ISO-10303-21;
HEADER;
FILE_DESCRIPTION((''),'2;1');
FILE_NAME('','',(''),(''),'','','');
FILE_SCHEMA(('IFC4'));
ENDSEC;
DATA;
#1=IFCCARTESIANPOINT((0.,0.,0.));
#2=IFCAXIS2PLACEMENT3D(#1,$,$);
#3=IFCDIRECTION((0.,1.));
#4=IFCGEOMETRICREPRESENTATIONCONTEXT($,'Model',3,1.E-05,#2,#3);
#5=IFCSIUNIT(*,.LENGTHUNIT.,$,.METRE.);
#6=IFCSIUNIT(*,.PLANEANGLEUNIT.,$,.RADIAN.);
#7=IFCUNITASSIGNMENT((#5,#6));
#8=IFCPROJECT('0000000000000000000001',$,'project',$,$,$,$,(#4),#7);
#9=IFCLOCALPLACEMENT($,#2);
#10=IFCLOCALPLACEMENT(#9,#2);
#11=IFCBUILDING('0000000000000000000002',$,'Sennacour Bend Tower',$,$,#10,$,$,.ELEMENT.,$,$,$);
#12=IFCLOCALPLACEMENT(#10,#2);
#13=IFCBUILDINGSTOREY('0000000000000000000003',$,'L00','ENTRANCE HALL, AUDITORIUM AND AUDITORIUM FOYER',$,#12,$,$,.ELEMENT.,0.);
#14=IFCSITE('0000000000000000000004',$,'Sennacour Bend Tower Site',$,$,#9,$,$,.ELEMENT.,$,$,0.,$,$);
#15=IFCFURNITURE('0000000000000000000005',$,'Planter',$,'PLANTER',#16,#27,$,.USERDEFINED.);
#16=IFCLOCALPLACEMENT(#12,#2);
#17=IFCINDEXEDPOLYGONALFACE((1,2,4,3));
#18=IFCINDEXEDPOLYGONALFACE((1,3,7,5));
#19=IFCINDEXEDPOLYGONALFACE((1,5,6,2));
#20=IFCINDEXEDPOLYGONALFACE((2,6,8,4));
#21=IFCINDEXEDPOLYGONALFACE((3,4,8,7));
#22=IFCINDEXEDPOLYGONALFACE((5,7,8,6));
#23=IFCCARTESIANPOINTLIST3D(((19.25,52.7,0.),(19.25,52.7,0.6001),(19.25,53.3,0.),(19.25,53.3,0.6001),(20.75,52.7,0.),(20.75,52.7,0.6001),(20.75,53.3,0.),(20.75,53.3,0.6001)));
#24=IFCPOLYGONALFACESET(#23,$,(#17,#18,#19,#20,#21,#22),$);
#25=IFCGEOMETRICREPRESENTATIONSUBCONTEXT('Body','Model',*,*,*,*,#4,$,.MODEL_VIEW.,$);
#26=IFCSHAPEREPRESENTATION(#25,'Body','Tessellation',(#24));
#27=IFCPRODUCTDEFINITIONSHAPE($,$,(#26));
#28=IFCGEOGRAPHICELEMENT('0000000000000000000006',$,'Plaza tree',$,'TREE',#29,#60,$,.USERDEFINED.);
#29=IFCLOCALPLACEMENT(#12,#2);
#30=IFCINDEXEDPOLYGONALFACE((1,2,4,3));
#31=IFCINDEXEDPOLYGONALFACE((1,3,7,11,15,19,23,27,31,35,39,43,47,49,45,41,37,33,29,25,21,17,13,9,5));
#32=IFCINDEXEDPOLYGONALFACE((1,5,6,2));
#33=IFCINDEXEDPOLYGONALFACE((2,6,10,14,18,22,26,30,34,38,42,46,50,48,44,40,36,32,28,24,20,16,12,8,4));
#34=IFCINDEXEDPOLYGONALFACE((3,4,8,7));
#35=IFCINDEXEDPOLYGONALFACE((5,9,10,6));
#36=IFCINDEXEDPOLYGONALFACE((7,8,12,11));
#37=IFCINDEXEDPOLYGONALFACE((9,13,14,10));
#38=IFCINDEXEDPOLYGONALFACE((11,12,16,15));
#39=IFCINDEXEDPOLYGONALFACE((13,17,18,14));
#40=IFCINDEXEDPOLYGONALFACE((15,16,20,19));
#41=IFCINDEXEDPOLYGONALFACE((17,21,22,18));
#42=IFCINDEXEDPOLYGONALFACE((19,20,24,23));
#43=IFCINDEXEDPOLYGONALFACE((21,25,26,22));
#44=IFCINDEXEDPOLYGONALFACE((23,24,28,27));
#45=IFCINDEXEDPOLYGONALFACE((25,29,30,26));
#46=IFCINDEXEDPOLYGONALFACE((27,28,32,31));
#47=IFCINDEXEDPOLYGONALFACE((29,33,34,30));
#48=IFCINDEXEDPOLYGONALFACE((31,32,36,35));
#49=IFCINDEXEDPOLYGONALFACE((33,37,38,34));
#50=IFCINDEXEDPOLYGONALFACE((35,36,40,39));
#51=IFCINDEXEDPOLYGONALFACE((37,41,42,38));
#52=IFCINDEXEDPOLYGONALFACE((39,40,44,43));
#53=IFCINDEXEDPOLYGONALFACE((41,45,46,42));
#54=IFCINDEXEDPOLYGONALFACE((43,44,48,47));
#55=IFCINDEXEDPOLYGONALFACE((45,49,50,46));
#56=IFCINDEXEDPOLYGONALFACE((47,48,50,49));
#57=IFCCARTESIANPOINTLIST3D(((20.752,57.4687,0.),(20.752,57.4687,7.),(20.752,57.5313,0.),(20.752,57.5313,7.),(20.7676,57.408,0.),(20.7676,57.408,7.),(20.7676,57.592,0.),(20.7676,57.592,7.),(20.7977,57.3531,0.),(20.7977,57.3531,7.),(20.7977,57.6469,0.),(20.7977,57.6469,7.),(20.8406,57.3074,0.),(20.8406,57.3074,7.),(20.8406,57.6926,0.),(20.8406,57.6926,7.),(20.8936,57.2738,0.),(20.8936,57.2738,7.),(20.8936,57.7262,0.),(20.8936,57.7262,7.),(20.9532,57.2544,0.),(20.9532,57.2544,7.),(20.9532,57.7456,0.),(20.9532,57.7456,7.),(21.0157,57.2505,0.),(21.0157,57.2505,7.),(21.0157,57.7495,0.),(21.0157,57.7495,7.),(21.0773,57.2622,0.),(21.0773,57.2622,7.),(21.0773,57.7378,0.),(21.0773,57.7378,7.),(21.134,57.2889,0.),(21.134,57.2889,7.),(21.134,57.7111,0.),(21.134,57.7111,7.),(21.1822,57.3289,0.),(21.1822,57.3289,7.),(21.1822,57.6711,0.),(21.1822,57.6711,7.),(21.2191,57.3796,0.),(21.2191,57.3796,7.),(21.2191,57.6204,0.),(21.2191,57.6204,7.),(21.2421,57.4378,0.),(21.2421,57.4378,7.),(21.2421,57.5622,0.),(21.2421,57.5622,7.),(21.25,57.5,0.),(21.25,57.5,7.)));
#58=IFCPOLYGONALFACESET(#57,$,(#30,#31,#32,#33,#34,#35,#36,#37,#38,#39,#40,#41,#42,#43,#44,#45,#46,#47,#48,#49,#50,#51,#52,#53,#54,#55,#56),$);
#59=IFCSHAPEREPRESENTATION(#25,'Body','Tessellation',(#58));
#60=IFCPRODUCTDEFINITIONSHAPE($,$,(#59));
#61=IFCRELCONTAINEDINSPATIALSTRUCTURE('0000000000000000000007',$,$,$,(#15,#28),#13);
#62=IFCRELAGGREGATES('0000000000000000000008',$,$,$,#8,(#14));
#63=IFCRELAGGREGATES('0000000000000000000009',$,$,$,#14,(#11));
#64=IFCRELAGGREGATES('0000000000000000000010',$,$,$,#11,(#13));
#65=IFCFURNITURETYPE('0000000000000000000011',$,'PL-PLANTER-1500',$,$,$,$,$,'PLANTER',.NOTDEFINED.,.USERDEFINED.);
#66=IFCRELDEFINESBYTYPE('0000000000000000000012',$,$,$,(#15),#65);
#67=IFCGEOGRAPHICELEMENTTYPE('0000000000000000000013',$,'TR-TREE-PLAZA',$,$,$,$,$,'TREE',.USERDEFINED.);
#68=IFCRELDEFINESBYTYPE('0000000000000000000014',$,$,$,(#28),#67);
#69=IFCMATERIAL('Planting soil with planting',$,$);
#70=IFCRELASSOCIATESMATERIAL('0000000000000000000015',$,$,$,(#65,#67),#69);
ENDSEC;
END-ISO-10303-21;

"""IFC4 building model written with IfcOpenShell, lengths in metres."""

from ifc_helpers import new_model, si_unit, direction, frame, origin, origin_2d, place, context, subcontext, project, spatial, rectangle, circle, extrude, material, type_object, element, save


model = new_model("IFC4")

# Units and contexts
model_context = context("Model", 3, precision=1e-05, world=origin(), true_north=direction((0.0, 1.0)))
body_context = subcontext(model_context, "Body", "Model", "MODEL_VIEW")
ifc_project = project(units=[si_unit("LENGTHUNIT", "METRE"), si_unit("PLANEANGLEUNIT", "RADIAN")], contexts=[model_context])

# Site, building, storey
site_placement = place(None, origin())
site = spatial("IfcSite", under=ifc_project, at=site_placement, Name="Sennacour Bend Tower Site", CompositionType="ELEMENT", RefElevation=0.0)
building_placement = place(site_placement, origin())
building = spatial("IfcBuilding", under=site, at=building_placement, Name="Sennacour Bend Tower", CompositionType="ELEMENT")
storey_placement = place(building_placement, origin())
storey = spatial("IfcBuildingStorey", under=building, at=storey_placement, Name="L00", Description="ENTRANCE HALL, AUDITORIUM AND AUDITORIUM FOYER", CompositionType="ELEMENT", Elevation=0.0)

# Furniture
ifc_material_1 = material(Name="Planting soil with planting")
furniture_type = type_object("IfcFurnitureType", Name="PL-PLANTER-1500", ElementType="PLANTER", AssemblyPlace="NOTDEFINED", PredefinedType="USERDEFINED", material=ifc_material_1)
furniture_placement = place(storey_placement, frame((20.0, 53.0, 0.0), z_axis=(0.0, 0.0, 1.0), x_axis=(1.0, 0.0, 0.0)))
element("IfcFurniture", 1, at=furniture_placement, inside=storey, type_object=furniture_type, Name="Planter", ObjectType="PLANTER", PredefinedType="USERDEFINED", context=body_context, shape_type="SweptSolid", body=[
    extrude(rectangle(XDim=1.5, YDim=0.6001, at=origin_2d()), origin(), (0.0, 0.0, 1.0), 0.6001),
])

# Geographic element
geographic_element_type = type_object("IfcGeographicElementType", Name="TR-TREE-PLAZA", ElementType="TREE", PredefinedType="USERDEFINED", material=ifc_material_1)
geographic_element_placement = place(storey_placement, frame((21.0, 57.5, 7.0), z_axis=(0.0, 0.0, -1.0), x_axis=(1.0, 0.0, 0.0)))
element("IfcGeographicElement", 2, at=geographic_element_placement, inside=storey, type_object=geographic_element_type, Name="Plaza tree", ObjectType="TREE", PredefinedType="USERDEFINED", context=body_context, shape_type="SweptSolid", body=[
    extrude(circle(Radius=0.25, at=origin_2d()), origin(), (0.0, 0.0, 1.0), 7.0),
])

save(model, "model.ifc")
